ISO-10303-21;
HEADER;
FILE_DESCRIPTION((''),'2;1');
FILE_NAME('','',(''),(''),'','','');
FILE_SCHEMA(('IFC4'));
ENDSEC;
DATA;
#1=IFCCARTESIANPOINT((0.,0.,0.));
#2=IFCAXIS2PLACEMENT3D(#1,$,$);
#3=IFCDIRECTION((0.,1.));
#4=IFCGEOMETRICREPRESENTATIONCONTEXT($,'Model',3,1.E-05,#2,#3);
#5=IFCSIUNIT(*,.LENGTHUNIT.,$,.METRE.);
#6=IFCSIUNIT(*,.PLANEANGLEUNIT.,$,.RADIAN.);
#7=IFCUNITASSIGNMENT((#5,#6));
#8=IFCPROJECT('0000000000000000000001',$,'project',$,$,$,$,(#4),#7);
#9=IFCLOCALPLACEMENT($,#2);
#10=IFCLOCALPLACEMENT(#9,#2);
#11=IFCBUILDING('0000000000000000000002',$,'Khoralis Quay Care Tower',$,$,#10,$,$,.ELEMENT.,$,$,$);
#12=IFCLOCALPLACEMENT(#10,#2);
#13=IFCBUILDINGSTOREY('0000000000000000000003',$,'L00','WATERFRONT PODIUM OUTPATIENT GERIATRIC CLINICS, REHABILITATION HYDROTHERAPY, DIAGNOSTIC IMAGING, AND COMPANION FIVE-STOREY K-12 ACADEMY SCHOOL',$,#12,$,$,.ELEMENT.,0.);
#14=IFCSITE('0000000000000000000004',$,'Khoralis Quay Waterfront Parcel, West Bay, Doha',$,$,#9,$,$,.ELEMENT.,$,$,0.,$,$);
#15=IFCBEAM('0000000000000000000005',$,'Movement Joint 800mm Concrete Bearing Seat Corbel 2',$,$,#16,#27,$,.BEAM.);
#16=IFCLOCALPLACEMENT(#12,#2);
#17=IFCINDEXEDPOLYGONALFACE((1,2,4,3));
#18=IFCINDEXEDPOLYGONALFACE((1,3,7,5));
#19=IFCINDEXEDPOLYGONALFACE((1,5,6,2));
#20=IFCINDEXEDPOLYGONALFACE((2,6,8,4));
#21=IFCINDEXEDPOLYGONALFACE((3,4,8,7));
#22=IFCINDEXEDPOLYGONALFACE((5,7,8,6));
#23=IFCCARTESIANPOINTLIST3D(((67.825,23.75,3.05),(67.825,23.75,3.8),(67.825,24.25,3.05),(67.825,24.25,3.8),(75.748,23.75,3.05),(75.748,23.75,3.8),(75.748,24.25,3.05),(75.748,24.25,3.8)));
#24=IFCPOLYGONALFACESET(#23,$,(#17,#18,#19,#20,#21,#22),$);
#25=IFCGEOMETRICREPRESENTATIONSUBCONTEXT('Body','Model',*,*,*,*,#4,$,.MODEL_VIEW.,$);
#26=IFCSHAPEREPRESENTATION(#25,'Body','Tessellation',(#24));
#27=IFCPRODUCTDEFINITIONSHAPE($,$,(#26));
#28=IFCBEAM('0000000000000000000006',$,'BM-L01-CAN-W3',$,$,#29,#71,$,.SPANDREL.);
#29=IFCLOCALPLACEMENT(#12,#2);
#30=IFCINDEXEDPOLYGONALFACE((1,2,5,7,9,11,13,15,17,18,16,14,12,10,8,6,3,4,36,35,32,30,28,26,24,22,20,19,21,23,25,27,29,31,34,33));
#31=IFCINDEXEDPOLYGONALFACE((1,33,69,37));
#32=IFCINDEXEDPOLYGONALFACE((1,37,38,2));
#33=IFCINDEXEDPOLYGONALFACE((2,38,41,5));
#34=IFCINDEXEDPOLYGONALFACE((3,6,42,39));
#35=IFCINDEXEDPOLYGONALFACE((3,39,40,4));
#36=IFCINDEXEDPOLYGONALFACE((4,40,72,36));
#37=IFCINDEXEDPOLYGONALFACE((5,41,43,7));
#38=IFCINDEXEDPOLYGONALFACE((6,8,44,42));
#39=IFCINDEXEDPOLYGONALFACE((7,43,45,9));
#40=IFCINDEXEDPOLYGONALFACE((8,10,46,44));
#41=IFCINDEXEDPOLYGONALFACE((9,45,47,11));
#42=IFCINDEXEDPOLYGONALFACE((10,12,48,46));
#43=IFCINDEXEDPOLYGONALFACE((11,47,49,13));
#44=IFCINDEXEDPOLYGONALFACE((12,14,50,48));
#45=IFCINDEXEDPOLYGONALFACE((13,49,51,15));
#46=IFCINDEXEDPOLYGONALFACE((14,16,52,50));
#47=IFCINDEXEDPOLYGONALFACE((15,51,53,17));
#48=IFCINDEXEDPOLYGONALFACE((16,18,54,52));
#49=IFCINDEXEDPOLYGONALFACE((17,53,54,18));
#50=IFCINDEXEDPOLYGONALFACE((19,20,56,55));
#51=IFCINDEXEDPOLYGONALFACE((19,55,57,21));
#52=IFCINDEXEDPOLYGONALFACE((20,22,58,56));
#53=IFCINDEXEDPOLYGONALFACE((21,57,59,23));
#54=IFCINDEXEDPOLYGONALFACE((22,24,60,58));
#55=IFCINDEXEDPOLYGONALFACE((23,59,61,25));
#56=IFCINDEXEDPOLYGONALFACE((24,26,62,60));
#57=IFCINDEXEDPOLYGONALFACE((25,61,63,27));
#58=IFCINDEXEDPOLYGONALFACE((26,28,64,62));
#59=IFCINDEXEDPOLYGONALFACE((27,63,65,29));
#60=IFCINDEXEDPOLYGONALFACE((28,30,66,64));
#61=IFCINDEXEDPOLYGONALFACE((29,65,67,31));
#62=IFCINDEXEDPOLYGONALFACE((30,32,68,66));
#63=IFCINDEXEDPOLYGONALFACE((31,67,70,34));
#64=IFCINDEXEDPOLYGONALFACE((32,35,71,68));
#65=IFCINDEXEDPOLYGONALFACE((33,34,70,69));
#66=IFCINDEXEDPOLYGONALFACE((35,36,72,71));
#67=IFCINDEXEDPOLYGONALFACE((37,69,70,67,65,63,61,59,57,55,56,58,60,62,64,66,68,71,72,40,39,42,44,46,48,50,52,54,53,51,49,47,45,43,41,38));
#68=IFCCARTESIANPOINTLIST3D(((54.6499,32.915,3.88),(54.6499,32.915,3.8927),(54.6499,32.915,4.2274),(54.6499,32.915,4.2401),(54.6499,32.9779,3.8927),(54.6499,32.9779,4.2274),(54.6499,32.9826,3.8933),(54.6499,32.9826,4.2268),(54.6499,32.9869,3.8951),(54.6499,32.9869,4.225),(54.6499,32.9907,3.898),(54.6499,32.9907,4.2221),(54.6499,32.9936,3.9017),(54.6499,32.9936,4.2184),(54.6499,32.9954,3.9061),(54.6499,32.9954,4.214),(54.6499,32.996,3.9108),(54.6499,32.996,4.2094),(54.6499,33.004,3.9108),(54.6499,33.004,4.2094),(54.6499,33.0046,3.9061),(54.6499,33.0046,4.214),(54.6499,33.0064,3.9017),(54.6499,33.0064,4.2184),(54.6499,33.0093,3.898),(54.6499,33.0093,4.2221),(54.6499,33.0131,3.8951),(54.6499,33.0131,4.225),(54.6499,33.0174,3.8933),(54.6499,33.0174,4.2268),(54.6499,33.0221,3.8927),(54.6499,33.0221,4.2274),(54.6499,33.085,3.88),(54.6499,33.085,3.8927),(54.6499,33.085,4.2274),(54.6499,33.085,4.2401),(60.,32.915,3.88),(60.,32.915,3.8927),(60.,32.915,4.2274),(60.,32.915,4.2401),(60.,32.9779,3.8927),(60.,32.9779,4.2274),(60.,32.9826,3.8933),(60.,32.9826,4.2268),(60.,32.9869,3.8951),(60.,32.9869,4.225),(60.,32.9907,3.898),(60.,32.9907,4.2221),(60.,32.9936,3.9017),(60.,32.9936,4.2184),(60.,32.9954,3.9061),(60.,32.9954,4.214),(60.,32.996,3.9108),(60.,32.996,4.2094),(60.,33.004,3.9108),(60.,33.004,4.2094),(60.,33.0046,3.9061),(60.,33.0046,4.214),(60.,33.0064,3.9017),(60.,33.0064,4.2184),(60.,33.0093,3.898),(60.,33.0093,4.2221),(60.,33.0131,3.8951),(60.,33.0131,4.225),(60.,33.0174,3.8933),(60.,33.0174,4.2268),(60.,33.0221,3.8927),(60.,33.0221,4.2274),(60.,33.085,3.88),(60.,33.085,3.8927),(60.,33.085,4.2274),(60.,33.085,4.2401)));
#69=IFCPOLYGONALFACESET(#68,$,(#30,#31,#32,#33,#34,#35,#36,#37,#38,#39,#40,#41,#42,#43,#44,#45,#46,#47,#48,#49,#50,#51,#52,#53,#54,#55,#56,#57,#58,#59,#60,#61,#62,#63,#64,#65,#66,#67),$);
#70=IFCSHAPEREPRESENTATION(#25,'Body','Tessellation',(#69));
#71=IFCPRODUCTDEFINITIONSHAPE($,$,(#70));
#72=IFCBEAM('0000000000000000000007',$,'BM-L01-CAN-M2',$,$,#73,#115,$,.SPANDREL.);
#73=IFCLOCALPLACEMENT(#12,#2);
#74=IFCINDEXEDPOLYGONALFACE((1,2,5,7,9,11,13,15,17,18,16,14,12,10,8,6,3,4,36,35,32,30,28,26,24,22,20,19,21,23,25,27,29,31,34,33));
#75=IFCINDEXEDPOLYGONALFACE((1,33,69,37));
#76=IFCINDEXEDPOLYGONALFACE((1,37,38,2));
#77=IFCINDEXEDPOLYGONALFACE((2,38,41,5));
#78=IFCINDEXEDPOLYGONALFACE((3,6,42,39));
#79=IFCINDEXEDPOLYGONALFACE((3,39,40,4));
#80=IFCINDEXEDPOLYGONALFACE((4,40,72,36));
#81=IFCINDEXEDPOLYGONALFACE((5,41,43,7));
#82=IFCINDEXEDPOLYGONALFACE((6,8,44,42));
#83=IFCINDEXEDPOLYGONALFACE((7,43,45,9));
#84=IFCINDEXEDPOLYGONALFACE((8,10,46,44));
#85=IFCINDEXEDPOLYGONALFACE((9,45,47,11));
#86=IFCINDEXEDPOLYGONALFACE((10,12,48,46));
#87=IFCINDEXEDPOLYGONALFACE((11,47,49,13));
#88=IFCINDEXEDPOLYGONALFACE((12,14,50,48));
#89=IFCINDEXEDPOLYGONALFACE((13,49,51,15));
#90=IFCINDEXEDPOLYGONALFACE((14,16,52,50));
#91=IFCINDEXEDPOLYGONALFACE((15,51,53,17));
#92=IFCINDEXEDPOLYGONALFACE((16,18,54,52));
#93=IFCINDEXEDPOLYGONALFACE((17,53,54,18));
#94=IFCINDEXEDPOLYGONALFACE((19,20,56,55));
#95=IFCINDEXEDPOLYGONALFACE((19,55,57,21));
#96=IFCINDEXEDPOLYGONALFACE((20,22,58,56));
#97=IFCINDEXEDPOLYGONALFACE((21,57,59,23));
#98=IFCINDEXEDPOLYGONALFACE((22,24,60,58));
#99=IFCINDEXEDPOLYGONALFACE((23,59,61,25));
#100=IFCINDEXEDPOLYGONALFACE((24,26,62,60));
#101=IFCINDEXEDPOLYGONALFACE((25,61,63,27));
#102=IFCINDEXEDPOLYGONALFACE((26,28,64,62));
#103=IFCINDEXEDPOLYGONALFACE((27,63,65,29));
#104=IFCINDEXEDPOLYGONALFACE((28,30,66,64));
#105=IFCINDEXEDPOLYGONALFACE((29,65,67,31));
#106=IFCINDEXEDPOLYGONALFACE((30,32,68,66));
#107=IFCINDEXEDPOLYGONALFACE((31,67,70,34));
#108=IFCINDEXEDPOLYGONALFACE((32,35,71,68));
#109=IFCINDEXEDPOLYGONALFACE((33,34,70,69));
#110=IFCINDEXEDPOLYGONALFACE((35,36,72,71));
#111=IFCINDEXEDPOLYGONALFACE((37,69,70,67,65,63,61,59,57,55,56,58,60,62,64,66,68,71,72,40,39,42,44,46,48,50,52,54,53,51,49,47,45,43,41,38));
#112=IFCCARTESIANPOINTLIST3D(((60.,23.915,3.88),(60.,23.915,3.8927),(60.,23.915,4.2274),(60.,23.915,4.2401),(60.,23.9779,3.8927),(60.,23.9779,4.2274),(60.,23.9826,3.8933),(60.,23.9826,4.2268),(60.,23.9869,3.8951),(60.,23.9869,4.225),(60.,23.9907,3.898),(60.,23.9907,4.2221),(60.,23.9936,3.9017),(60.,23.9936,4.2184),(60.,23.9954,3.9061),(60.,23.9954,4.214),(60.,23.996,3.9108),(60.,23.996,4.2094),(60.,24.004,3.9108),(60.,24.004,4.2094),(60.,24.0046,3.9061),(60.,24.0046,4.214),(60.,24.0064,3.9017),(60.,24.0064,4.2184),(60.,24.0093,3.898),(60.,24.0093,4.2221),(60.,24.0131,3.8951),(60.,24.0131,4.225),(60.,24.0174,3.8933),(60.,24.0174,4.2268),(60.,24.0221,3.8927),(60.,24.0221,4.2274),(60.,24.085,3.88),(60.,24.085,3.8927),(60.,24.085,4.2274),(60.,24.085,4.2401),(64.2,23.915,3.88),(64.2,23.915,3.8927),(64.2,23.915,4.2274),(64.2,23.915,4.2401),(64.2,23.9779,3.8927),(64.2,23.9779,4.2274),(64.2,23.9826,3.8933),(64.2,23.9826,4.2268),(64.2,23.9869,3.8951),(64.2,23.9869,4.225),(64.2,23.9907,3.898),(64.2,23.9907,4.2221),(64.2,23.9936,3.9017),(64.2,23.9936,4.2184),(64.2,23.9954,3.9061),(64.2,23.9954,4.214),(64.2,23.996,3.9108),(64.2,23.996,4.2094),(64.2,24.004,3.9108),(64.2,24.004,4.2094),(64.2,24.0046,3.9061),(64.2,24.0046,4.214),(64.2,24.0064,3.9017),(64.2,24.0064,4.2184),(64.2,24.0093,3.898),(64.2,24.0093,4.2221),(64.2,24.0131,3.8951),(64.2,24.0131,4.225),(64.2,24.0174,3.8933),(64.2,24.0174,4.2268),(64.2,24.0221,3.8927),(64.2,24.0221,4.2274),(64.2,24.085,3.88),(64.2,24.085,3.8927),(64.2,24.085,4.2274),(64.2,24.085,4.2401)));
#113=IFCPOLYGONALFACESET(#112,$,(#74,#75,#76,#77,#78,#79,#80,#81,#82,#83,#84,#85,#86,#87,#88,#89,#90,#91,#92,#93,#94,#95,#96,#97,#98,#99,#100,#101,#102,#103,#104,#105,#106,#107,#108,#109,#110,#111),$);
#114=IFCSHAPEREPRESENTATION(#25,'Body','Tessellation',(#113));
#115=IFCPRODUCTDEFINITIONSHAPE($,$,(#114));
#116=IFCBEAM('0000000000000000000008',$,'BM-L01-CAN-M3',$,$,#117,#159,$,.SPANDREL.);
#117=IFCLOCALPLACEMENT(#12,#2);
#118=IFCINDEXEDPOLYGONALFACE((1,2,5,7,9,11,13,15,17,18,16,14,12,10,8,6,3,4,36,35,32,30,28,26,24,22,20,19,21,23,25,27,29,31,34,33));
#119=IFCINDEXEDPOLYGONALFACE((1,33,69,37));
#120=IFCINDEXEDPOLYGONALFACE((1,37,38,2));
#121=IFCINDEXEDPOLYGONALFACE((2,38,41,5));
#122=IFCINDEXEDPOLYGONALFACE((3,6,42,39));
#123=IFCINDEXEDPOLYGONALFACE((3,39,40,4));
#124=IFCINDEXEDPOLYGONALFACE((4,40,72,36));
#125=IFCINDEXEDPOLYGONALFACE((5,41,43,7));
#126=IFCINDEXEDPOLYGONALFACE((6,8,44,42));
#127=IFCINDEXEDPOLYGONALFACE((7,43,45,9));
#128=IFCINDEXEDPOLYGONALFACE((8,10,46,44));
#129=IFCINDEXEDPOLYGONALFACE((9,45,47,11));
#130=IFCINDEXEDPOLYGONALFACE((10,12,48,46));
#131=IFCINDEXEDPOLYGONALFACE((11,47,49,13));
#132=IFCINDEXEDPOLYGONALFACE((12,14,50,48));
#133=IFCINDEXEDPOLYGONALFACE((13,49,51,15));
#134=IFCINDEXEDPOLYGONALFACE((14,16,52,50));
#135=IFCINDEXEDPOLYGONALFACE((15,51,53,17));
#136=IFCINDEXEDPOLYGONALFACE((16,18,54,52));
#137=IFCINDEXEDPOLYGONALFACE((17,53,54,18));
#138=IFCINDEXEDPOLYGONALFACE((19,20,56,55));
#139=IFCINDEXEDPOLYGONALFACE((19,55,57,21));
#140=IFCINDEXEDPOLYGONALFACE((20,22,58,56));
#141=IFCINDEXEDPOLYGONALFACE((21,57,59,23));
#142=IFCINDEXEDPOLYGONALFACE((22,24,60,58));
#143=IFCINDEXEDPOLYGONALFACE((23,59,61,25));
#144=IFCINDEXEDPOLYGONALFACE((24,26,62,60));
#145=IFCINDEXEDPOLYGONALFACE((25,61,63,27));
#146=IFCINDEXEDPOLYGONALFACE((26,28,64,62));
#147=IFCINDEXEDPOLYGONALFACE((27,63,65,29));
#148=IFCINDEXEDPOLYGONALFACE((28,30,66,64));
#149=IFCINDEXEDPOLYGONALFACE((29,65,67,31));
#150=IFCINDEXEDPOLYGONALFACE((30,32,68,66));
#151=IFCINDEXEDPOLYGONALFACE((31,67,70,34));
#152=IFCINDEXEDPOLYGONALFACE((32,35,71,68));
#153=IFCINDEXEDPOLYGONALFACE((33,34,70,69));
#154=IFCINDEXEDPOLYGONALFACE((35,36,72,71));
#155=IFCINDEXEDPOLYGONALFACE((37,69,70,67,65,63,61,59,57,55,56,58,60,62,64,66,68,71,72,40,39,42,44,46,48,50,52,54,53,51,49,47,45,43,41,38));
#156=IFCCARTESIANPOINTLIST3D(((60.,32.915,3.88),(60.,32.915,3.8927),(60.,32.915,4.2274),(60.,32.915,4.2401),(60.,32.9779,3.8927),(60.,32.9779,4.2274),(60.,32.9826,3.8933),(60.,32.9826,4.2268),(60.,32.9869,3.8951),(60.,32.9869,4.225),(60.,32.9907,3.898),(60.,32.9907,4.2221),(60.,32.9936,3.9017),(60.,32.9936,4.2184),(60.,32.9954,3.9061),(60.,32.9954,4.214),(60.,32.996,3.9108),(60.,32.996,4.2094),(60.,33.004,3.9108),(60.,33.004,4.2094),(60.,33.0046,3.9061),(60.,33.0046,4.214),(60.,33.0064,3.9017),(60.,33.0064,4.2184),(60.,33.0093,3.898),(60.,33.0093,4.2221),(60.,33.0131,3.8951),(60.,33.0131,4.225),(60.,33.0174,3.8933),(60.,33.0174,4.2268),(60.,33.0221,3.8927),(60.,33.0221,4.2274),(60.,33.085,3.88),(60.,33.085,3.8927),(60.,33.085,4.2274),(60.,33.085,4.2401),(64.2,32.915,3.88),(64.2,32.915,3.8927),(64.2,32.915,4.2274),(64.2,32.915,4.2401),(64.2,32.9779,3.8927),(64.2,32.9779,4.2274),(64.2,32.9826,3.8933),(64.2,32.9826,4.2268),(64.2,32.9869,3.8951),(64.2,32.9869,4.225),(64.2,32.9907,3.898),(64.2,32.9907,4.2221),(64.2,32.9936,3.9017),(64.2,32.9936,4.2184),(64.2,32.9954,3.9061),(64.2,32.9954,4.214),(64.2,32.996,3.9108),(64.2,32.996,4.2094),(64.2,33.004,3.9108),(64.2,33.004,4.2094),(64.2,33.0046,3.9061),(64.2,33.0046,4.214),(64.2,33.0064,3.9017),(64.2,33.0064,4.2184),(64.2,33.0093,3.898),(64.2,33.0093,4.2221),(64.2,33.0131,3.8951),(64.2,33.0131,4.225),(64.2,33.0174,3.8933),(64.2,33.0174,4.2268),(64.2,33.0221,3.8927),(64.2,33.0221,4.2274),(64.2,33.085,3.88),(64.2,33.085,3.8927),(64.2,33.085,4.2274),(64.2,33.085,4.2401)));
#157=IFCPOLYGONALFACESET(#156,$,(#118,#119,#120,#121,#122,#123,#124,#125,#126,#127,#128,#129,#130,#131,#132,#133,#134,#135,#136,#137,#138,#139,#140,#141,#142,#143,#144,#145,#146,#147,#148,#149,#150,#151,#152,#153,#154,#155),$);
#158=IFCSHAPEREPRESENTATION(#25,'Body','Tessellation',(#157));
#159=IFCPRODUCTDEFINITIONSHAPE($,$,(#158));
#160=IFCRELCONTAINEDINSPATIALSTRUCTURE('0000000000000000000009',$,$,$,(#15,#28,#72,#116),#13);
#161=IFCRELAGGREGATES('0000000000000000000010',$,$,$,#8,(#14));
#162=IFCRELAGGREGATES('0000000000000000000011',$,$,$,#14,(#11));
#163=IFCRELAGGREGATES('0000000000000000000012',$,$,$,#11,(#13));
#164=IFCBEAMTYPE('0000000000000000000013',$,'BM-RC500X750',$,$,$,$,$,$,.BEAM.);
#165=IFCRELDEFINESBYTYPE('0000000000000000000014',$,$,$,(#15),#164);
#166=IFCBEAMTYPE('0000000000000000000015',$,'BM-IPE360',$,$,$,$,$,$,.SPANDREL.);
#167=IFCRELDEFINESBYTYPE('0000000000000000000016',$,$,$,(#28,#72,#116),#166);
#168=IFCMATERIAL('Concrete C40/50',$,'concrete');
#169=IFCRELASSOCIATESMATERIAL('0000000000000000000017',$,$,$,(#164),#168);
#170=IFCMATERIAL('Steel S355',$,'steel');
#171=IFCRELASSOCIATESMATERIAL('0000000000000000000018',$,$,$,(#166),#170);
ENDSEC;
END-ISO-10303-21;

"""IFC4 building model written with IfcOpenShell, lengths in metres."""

from ifc_helpers import new_model, si_unit, direction, frame, origin, origin_2d, place, context, subcontext, project, spatial, rectangle, i_section, extrude, source, transform, mapped, material, material_profile, profile_set, type_object, element, save


model = new_model("IFC4")

# Units and contexts
model_context = context("Model", 3, precision=1e-05, world=origin(), true_north=direction((0.0, 1.0)))
body_context = subcontext(model_context, "Body", "Model", "MODEL_VIEW")
ifc_project = project(units=[si_unit("LENGTHUNIT", "METRE"), si_unit("PLANEANGLEUNIT", "RADIAN")], contexts=[model_context])

# Site, building, storey
site_placement = place(None, origin())
site = spatial("IfcSite", under=ifc_project, at=site_placement, Name="Khoralis Quay Waterfront Parcel, West Bay, Doha", CompositionType="ELEMENT", RefElevation=0.0)
building_placement = place(site_placement, origin())
building = spatial("IfcBuilding", under=site, at=building_placement, Name="Khoralis Quay Care Tower", CompositionType="ELEMENT")
storey_placement = place(building_placement, origin())
storey = spatial("IfcBuildingStorey", under=building, at=storey_placement, Name="L00", Description="WATERFRONT PODIUM OUTPATIENT GERIATRIC CLINICS, REHABILITATION HYDROTHERAPY, DIAGNOSTIC IMAGING, AND COMPANION FIVE-STOREY K-12 ACADEMY SCHOOL", CompositionType="ELEMENT", Elevation=0.0)

# Shared definitions
ifc_material_1 = material(Name="Steel S355", Category="steel")
ifc_material_2 = material(Name="Concrete C40/50", Category="concrete")

# Beams
ifc_material_profile_1 = material_profile(ifc_material_2, rectangle(XDim=0.5, YDim=0.75, at=origin_2d()), Name="Concrete C40/50")
ifc_profile_set_1 = profile_set([ifc_material_profile_1], Name="Concrete C40/50")
beam_type_1 = type_object("IfcBeamType", Name="BM-RC500X750", PredefinedType="BEAM", material=ifc_profile_set_1)
shared_shape_1 = source(origin(), body_context, "Body", "SweptSolid", [
    extrude(rectangle(XDim=0.5, YDim=0.75, at=origin_2d()), origin(), (0.0, 0.0, 1.0), 7.9231),
])
beam_1_placement = place(storey_placement, frame((67.825, 24.0, 3.425), z_axis=(1.0, 0.0, 0.0), x_axis=(0.0, 1.0, 0.0)))
element("IfcBeam", 1, at=beam_1_placement, inside=storey, type_object=beam_type_1, Name="Movement Joint 800mm Concrete Bearing Seat Corbel 2", PredefinedType="BEAM", context=body_context, shape_type="MappedRepresentation", body=[
    mapped(shared_shape_1, transform((0.0, 0.0, 0.0), scale=1.0)),
])
ifc_material_profile_2 = material_profile(ifc_material_1, i_section(OverallWidth=0.1699, OverallDepth=0.3601, WebThickness=0.0081, FlangeThickness=0.0127, FilletRadius=0.0181, at=origin_2d()), Name="Steel S355")
ifc_profile_set_2 = profile_set([ifc_material_profile_2], Name="Steel S355")
beam_type_2 = type_object("IfcBeamType", Name="BM-IPE360", PredefinedType="SPANDREL", material=ifc_profile_set_2)
shared_shape_2 = source(origin(), body_context, "Body", "SweptSolid", [
    extrude(i_section(OverallWidth=0.1699, OverallDepth=0.3601, WebThickness=0.0081, FlangeThickness=0.0127, FilletRadius=0.0181, at=origin_2d()), origin(), (0.0, 0.0, 1.0), 5.3501),
])
beam_2_placement = place(storey_placement, frame((54.6499, 33.0, 4.0601), z_axis=(1.0, 0.0, 0.0), x_axis=(0.0, 1.0, 0.0)))
element("IfcBeam", 2, at=beam_2_placement, inside=storey, type_object=beam_type_2, Name="BM-L01-CAN-W3", PredefinedType="SPANDREL", context=body_context, shape_type="MappedRepresentation", body=[
    mapped(shared_shape_2, transform((0.0, 0.0, 0.0), scale=1.0)),
])
shared_shape_3 = source(origin(), body_context, "Body", "SweptSolid", [
    extrude(i_section(OverallWidth=0.1699, OverallDepth=0.3601, WebThickness=0.0081, FlangeThickness=0.0127, FilletRadius=0.0181, at=origin_2d()), origin(), (0.0, 0.0, 1.0), 4.2),
])
for number, where, z_axis, x_axis, name in (
    (3, (60.0, 24.0, 4.0601), (1.0, 0.0, 0.0), (0.0, 1.0, 0.0), "BM-L01-CAN-M2"),
    (4, (60.0, 33.0, 4.0601), (1.0, 0.0, 0.0), (0.0, 1.0, 0.0), "BM-L01-CAN-M3"),
):
    element("IfcBeam", number, at=place(storey_placement, frame(where, z_axis=z_axis, x_axis=x_axis)), inside=storey, type_object=beam_type_2, Name=name, PredefinedType="SPANDREL", context=body_context, shape_type="MappedRepresentation", body=[
        mapped(shared_shape_3, transform((0.0, 0.0, 0.0), scale=1.0)),
    ])

save(model, "model.ifc")
